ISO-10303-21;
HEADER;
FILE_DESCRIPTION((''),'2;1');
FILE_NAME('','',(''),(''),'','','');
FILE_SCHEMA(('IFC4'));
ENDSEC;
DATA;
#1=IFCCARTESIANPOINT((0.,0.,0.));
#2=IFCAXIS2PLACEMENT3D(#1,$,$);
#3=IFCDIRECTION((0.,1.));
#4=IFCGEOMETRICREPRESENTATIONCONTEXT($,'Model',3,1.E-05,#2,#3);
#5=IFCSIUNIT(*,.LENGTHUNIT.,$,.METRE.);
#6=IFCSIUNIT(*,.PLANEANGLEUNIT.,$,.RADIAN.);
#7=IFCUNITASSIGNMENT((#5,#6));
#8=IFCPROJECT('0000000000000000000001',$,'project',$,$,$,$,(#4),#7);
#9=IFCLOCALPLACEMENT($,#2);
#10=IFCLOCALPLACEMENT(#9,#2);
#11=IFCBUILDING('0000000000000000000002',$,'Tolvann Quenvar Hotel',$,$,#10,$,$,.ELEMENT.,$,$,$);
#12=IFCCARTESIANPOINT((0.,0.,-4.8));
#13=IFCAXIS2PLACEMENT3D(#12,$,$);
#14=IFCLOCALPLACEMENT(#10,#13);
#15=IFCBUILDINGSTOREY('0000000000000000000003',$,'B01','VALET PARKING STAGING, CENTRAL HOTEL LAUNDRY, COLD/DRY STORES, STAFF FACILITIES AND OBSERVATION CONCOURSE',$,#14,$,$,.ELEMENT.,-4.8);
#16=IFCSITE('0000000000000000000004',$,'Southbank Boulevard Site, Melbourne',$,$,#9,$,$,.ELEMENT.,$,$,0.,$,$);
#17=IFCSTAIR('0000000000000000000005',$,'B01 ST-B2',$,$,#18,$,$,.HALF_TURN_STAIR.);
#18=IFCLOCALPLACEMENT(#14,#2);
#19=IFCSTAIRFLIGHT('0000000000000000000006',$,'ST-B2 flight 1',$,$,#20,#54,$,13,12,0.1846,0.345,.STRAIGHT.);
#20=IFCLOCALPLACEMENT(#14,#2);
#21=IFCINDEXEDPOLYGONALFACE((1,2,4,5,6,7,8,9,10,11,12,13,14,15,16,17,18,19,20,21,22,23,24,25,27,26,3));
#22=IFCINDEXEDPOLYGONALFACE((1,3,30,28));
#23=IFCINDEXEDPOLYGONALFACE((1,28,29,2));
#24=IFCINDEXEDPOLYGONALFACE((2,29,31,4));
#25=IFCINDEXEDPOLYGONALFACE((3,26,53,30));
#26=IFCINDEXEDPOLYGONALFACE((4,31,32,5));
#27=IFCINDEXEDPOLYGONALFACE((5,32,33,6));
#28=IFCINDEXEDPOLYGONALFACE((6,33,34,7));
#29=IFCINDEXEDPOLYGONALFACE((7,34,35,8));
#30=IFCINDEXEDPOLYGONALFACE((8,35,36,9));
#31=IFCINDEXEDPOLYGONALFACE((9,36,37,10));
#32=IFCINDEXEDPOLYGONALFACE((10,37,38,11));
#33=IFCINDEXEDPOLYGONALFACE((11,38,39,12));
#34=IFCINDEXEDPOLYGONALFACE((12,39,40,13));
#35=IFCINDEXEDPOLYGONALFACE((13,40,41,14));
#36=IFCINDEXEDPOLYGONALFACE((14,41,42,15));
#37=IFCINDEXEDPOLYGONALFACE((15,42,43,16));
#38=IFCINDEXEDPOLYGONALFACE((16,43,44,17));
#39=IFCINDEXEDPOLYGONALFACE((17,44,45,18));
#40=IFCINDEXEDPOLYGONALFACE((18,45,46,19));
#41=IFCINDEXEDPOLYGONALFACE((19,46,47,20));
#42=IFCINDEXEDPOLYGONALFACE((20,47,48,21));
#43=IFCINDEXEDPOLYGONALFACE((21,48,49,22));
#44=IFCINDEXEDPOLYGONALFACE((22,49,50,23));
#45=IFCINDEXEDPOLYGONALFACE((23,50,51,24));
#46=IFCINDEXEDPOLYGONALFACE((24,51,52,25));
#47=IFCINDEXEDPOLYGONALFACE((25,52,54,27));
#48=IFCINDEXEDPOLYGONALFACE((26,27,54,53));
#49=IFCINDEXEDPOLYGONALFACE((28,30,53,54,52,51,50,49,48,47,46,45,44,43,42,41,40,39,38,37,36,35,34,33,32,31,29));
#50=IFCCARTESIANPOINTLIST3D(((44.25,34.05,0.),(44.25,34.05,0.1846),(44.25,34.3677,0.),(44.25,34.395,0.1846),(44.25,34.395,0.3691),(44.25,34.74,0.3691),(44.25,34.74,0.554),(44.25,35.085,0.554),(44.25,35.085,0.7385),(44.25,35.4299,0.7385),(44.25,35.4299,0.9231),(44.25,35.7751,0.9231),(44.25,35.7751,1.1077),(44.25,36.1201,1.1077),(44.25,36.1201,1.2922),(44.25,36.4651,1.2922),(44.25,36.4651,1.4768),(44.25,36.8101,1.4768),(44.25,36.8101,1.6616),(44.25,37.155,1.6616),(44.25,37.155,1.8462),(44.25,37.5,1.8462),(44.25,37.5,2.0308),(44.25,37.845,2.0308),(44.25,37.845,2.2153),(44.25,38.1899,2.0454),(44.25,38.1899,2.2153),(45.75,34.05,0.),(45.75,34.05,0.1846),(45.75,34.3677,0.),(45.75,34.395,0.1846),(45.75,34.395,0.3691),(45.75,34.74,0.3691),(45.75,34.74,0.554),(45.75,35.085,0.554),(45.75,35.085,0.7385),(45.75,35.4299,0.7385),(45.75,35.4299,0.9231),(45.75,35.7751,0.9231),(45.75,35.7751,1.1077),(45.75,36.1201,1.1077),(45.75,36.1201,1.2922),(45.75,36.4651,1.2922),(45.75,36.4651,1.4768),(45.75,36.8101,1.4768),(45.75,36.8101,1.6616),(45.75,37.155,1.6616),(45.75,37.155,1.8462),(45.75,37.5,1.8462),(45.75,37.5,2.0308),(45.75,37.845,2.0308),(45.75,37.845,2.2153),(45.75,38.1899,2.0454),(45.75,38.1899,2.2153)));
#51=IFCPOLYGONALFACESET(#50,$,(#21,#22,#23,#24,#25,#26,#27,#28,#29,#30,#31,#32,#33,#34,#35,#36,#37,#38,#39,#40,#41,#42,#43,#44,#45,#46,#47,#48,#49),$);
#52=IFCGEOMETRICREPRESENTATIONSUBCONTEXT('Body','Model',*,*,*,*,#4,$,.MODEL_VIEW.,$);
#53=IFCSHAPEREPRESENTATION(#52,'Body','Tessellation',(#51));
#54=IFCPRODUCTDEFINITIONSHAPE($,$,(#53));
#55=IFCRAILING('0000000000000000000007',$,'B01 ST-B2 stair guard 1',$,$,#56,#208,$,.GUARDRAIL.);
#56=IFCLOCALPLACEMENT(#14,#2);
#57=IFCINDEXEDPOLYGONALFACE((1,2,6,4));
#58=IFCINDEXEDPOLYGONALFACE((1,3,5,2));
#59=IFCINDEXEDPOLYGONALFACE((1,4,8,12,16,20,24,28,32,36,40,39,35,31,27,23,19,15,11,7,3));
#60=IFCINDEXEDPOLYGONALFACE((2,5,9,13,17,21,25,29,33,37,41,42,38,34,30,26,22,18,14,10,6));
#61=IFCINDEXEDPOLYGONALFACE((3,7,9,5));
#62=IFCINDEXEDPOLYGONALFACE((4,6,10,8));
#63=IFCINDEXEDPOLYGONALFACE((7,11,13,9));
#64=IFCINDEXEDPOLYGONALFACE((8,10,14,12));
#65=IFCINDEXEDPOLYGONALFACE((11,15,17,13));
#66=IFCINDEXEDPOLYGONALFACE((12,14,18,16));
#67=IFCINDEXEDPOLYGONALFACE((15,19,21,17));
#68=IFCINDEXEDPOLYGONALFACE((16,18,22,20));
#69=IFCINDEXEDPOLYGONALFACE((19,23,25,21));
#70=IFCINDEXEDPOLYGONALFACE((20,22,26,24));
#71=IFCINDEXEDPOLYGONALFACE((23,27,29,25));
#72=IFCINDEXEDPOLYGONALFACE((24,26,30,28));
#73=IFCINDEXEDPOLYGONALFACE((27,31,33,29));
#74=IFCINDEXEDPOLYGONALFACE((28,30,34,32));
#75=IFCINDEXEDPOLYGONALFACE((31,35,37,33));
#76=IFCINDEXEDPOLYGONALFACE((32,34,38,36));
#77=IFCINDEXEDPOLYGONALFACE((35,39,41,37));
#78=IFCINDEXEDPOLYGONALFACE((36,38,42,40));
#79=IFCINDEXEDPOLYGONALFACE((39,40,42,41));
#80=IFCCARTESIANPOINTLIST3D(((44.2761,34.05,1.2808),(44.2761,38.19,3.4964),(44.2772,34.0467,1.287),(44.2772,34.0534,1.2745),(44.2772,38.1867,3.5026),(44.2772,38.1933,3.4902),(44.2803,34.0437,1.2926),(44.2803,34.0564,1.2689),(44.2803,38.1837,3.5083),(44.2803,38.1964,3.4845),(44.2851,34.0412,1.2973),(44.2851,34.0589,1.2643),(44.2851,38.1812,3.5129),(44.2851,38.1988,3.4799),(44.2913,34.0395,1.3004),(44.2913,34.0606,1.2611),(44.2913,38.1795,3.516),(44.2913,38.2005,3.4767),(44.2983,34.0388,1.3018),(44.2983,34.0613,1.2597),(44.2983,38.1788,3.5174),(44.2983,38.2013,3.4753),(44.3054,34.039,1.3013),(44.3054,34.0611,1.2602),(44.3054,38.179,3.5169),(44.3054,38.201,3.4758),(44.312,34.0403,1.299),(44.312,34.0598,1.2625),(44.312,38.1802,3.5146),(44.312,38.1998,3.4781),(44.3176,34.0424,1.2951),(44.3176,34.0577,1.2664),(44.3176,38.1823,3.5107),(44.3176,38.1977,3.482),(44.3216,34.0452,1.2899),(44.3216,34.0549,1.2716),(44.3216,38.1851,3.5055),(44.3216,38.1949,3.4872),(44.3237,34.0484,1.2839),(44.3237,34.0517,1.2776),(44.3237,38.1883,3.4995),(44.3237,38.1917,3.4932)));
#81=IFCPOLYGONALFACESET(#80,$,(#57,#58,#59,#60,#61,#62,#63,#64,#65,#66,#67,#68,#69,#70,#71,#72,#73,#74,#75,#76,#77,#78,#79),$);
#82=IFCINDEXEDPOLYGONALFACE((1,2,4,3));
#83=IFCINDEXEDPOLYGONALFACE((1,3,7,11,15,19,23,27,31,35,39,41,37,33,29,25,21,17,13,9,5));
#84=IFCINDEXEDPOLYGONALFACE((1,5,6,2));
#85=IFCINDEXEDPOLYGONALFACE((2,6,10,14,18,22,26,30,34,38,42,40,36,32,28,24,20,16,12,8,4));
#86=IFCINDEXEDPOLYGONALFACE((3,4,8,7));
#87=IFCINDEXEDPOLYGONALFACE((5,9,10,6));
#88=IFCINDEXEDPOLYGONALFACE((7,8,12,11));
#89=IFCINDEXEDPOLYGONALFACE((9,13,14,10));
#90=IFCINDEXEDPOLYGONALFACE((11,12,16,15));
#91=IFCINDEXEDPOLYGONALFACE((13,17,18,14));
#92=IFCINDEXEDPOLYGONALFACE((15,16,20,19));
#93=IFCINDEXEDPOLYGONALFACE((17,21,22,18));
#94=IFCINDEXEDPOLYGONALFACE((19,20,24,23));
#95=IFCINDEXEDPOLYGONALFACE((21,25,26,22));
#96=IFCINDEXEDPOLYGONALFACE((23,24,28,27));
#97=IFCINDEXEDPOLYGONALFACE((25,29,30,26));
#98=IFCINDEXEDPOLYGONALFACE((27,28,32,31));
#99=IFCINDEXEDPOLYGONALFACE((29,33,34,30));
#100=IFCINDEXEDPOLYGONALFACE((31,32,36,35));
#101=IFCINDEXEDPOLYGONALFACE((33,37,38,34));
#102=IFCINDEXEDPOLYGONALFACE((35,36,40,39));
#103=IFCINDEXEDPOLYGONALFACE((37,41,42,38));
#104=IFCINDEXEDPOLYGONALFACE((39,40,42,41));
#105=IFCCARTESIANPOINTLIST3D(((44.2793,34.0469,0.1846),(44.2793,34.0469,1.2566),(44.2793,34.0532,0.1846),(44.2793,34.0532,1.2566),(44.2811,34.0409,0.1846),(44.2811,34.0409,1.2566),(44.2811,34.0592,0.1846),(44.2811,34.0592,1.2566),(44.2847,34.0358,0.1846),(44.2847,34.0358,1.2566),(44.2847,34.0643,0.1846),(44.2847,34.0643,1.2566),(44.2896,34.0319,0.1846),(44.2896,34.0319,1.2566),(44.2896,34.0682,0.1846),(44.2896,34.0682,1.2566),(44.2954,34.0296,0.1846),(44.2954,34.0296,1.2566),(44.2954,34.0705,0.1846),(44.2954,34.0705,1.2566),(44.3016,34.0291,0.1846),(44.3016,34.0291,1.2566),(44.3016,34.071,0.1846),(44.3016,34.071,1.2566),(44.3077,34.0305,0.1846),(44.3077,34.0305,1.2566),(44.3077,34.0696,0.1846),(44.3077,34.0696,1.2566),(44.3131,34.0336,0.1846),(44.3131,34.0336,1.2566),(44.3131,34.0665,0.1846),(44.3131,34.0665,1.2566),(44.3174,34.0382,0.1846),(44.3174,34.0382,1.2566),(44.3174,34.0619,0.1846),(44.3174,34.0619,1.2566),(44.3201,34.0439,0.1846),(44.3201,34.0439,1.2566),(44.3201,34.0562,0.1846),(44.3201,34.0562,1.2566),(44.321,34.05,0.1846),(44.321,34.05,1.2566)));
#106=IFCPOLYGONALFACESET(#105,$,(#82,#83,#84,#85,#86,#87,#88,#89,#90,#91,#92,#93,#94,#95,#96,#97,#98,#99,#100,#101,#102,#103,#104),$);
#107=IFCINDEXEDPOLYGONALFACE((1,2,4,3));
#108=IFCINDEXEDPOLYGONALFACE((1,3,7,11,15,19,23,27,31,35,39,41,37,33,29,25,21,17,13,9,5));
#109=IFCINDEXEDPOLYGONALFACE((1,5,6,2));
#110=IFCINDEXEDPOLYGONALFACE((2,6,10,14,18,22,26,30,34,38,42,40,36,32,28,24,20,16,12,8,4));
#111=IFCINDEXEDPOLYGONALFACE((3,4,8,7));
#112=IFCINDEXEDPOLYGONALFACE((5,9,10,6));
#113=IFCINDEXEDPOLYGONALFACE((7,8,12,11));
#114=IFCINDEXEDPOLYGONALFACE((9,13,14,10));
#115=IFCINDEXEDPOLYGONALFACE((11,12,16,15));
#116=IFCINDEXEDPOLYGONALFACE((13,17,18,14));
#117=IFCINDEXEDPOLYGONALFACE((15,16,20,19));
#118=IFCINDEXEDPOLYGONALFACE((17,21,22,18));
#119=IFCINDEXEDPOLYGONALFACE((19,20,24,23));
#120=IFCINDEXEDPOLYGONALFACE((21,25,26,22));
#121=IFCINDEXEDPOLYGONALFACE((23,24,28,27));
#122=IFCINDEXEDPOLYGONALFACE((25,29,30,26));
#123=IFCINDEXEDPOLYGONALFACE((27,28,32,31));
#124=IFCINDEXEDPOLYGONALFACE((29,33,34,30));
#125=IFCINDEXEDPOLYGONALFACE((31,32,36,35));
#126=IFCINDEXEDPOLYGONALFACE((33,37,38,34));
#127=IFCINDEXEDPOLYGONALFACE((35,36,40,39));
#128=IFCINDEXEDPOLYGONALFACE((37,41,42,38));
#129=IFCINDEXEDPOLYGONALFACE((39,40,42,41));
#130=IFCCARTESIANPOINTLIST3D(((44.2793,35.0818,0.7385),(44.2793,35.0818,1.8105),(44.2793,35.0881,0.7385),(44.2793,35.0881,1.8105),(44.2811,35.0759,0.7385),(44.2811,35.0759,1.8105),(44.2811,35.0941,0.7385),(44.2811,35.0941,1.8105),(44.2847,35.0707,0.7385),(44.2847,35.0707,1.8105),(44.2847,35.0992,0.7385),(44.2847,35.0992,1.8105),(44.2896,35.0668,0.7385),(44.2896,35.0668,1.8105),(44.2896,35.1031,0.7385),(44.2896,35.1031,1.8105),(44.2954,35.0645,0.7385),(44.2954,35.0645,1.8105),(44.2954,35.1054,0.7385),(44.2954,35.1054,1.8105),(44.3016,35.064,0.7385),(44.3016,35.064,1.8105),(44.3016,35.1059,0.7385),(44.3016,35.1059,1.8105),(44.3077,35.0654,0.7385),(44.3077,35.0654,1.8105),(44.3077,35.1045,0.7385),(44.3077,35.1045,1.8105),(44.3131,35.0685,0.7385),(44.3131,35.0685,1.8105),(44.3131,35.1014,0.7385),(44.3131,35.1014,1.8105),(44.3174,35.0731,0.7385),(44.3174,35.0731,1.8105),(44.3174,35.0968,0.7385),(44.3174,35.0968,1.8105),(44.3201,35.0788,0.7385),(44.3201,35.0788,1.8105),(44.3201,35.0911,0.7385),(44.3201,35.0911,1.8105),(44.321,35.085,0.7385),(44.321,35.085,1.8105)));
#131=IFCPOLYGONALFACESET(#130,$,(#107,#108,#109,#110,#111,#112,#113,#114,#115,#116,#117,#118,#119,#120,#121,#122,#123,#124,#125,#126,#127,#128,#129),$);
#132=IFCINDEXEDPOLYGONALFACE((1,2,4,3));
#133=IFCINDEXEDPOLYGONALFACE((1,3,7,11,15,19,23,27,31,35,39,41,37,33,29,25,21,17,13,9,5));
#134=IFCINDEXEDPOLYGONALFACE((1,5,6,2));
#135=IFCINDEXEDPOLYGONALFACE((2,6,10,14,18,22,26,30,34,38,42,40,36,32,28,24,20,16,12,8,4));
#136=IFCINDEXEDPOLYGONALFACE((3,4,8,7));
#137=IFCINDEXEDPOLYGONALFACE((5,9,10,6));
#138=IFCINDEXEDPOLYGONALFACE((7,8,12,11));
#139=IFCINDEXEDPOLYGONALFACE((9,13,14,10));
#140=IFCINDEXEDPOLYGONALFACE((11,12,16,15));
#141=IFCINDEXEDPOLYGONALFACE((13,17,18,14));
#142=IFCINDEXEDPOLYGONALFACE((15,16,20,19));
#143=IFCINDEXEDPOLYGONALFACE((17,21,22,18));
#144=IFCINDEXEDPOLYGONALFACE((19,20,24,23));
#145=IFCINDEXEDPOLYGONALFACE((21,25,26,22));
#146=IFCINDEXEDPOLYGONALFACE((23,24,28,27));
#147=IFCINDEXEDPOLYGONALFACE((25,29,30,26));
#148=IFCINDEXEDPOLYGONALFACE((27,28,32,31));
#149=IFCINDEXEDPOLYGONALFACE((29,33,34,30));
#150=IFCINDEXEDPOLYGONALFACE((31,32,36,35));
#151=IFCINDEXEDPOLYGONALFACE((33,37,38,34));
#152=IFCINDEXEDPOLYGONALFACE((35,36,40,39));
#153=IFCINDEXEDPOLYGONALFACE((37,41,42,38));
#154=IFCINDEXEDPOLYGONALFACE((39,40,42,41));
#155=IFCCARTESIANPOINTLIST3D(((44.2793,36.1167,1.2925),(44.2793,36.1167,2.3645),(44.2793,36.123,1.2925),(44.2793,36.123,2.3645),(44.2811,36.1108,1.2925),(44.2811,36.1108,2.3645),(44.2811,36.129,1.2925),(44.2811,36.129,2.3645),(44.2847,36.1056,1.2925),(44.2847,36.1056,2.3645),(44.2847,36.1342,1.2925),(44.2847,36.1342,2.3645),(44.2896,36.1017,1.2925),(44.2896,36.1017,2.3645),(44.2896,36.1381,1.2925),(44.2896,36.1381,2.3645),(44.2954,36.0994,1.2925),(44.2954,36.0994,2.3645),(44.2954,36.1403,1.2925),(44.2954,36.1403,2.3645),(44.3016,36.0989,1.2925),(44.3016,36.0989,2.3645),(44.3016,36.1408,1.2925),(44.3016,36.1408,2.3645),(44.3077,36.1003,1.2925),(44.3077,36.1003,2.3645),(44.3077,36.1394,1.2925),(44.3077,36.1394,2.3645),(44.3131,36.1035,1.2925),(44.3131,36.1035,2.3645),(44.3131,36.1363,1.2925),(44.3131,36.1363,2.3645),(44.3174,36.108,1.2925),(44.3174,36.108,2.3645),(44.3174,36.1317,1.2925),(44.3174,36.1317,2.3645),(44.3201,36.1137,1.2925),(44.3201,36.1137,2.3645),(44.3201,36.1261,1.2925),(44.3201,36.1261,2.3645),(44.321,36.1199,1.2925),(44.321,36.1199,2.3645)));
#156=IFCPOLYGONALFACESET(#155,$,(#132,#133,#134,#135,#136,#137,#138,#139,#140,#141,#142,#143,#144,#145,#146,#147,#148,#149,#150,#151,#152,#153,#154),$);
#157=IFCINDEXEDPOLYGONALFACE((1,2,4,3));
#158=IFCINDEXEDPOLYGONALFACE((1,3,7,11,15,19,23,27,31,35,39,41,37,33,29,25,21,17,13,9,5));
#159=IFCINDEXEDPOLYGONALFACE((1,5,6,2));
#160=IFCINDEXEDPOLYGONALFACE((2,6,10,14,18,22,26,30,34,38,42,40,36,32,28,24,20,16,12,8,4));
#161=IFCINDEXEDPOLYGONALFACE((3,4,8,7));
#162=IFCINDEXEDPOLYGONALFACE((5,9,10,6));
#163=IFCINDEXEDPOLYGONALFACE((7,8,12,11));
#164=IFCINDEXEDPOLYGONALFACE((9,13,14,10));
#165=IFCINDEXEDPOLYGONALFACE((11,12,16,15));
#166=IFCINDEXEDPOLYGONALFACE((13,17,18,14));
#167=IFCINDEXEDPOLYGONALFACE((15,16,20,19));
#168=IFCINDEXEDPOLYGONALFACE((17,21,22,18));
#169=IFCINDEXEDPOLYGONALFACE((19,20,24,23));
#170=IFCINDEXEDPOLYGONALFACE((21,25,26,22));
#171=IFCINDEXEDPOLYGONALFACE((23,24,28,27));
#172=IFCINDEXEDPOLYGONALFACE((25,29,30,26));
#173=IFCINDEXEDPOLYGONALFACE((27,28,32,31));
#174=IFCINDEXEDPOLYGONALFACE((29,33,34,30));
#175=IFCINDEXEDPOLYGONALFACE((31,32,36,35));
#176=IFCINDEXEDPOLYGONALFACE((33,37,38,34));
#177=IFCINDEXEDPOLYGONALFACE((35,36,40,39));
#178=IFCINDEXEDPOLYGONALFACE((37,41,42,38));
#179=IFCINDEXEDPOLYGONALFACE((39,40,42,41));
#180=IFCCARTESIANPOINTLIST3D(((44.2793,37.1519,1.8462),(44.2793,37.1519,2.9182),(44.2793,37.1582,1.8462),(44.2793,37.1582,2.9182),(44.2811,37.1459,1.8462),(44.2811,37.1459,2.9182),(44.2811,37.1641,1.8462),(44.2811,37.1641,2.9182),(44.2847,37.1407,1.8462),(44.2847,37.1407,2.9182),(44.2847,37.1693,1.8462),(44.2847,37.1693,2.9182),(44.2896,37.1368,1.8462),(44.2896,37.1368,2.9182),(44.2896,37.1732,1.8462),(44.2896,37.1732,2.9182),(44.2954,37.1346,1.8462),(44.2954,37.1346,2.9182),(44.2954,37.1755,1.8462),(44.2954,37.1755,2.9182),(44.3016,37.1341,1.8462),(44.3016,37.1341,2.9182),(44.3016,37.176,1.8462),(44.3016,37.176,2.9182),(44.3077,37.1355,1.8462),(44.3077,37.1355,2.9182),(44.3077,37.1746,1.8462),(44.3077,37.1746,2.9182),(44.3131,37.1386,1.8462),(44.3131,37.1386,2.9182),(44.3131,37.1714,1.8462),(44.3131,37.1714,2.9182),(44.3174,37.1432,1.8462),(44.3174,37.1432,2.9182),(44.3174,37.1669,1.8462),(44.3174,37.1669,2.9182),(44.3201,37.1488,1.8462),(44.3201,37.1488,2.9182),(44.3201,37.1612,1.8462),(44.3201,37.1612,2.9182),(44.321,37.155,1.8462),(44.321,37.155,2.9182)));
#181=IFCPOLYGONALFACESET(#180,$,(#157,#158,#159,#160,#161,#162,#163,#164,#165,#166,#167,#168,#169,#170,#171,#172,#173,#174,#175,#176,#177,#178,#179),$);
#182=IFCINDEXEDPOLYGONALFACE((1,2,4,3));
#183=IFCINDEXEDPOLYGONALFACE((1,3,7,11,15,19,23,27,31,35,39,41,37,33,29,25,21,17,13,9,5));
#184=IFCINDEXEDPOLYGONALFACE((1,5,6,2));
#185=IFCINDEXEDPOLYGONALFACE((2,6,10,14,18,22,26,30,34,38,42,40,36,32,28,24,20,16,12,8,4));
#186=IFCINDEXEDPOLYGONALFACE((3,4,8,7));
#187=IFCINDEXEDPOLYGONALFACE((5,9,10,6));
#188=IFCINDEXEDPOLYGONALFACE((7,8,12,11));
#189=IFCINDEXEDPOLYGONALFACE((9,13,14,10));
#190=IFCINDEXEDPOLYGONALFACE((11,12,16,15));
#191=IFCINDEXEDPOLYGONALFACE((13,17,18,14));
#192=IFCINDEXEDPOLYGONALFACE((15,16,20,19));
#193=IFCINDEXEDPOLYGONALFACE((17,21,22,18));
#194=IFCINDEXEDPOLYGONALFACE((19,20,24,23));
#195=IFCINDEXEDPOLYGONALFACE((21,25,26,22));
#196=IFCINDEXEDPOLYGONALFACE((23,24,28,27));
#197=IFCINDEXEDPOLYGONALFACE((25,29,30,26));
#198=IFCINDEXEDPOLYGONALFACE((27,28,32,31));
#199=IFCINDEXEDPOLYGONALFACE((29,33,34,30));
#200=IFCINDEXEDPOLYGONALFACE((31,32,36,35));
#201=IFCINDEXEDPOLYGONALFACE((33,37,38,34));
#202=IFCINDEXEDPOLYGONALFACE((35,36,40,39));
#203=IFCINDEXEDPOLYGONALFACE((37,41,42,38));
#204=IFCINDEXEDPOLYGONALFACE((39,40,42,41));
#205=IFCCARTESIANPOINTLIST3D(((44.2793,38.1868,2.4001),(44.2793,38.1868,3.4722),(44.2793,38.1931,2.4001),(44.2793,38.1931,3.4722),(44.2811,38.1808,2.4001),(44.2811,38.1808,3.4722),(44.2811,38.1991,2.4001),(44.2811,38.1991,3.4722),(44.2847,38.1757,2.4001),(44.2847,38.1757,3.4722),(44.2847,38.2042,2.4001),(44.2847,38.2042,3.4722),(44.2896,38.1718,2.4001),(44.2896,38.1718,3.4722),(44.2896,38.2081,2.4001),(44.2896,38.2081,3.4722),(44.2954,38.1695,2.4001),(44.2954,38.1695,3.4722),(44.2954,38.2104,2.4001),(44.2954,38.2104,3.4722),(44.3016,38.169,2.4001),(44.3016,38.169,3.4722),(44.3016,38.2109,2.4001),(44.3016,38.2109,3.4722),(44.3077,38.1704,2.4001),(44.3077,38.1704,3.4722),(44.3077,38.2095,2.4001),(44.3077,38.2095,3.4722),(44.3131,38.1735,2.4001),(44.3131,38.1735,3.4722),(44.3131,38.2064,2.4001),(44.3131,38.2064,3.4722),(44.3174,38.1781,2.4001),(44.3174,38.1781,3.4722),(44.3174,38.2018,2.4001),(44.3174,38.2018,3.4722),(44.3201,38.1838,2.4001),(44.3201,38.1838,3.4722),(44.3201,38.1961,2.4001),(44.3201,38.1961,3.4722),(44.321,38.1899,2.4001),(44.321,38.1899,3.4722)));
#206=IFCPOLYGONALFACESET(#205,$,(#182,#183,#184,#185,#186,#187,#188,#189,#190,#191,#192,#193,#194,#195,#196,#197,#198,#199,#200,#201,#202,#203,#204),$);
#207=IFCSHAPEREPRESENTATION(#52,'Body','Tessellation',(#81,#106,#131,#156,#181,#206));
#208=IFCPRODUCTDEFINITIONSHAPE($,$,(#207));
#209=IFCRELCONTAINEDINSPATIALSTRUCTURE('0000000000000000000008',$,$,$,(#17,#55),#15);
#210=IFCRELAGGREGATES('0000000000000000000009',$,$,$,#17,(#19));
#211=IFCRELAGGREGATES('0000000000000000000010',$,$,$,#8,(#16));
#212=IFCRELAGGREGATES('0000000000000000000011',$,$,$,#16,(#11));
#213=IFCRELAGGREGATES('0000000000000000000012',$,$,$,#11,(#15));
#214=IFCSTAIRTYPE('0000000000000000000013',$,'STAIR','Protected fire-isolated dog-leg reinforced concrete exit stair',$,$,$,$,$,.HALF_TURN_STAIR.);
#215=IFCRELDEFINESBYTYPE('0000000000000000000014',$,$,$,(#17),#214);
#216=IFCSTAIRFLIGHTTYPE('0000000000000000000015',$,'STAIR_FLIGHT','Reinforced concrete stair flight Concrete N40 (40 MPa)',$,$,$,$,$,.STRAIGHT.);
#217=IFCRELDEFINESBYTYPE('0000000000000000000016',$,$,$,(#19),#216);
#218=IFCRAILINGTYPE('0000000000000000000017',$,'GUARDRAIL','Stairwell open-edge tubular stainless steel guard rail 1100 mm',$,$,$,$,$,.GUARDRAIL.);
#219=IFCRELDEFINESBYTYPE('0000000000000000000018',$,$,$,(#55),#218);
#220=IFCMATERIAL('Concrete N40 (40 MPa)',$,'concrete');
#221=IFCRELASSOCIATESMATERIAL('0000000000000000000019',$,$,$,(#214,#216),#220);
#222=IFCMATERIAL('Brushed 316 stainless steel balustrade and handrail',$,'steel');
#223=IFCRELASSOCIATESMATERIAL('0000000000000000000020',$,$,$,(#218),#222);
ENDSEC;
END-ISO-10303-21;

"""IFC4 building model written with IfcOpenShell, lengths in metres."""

from ifc_helpers import new_model, si_unit, direction, frame, origin, origin_2d, place, context, subcontext, project, spatial, polyline, circle, outline, extrude, material, type_object, element, aggregate, save


model = new_model("IFC4")

# Units and contexts
model_context = context("Model", 3, precision=1e-05, world=origin(), true_north=direction((0.0, 1.0)))
body_context = subcontext(model_context, "Body", "Model", "MODEL_VIEW")
ifc_project = project(units=[si_unit("LENGTHUNIT", "METRE"), si_unit("PLANEANGLEUNIT", "RADIAN")], contexts=[model_context])

# Site, building, storey
site_placement = place(None, origin())
site = spatial("IfcSite", under=ifc_project, at=site_placement, Name="Southbank Boulevard Site, Melbourne", CompositionType="ELEMENT", RefElevation=0.0)
building_placement = place(site_placement, origin())
building = spatial("IfcBuilding", under=site, at=building_placement, Name="Tolvann Quenvar Hotel", CompositionType="ELEMENT")
storey_placement = place(building_placement, frame((0.0, 0.0, -4.8)))
storey = spatial("IfcBuildingStorey", under=building, at=storey_placement, Name="B01", Description="VALET PARKING STAGING, CENTRAL HOTEL LAUNDRY, COLD/DRY STORES, STAFF FACILITIES AND OBSERVATION CONCOURSE", CompositionType="ELEMENT", Elevation=-4.8)

# Shared definitions
ifc_material_1 = material(Name="Concrete N40 (40 MPa)", Category="concrete")

# Stair, stair flight
stair_type = type_object("IfcStairType", Name="STAIR", Description="Protected fire-isolated dog-leg reinforced concrete exit stair", PredefinedType="HALF_TURN_STAIR", material=ifc_material_1)
stair_placement = place(storey_placement, origin())
stair = element("IfcStair", 1, at=stair_placement, inside=storey, type_object=stair_type, Name="B01 ST-B2", PredefinedType="HALF_TURN_STAIR")
stair_flight_type = type_object("IfcStairFlightType", Name="STAIR_FLIGHT", Description="Reinforced concrete stair flight Concrete N40 (40 MPa)", PredefinedType="STRAIGHT", material=ifc_material_1)
stair_flight_placement = place(storey_placement, frame((45.0, 34.05, 0.0), z_axis=(0.0, 0.0, 1.0), x_axis=(0.0, 1.0, 0.0)))
stair_flight = element("IfcStairFlight", 2, at=stair_flight_placement, type_object=stair_flight_type, Name="ST-B2 flight 1", NumberOfRisers=13, NumberOfTreads=12, PredefinedType="STRAIGHT", RiserHeight=0.1846, TreadLength=0.345, context=body_context, shape_type="SweptSolid", body=[
    extrude(outline(polyline([(0.0, 0.0), (0.0, 0.1846), (0.345, 0.1846), (0.345, 0.3691), (0.6899, 0.3691), (0.6899, 0.554), (1.0349, 0.554), (1.0349, 0.7385), (1.3799, 0.7385), (1.3799, 0.9231), (1.7251, 0.9231), (1.7251, 1.1077), (2.0701, 1.1077), (2.0701, 1.2922), (2.415, 1.2922), (2.415, 1.4768), (2.76, 1.4768), (2.76, 1.6616), (3.105, 1.6616), (3.105, 1.8462), (3.45, 1.8462), (3.45, 2.0308), (3.7949, 2.0308), (3.7949, 2.2153), (4.1399, 2.2153), (4.1399, 2.3999), (4.1399, 2.0454), (0.3176, 0.0), (0.0, 0.0)])), frame((0.0, 0.75, 0.0), z_axis=(0.0, -1.0, 0.0), x_axis=(1.0, 0.0, 0.0)), (0.0, 0.0, 1.0), 1.5),
])
aggregate(stair, [stair_flight])

# Railing
ifc_material_2 = material(Name="Brushed 316 stainless steel balustrade and handrail", Category="steel")
railing_type_1 = type_object("IfcRailingType", Name="GUARDRAIL", Description="Stairwell open-edge tubular stainless steel guard rail 1100 mm", PredefinedType="GUARDRAIL", material=ifc_material_2)
railing_1_placement = place(storey_placement, frame((44.3, 34.05, 0.1846)))
element("IfcRailing", 3, at=railing_1_placement, inside=storey, type_object=railing_type_1, Name="B01 ST-B2 stair guard 1", PredefinedType="GUARDRAIL", context=body_context, shape_type="SweptSolid", body=[
    extrude(circle(Radius=0.0239, at=origin_2d()), frame((0.0, 0.0, 1.0962), z_axis=(0.0, 0.881677, 0.471853), x_axis=(-1.0, 0.0, 0.0)), (0.0, 0.0, 1.0), 4.6956),
    extrude(circle(Radius=0.021, at=origin_2d()), origin(), (0.0, 0.0, 1.0), 1.072),
    extrude(circle(Radius=0.021, at=origin_2d()), frame((0.0, 1.0349, 0.554)), (0.0, 0.0, 1.0), 1.072),
    extrude(circle(Radius=0.021, at=origin_2d()), frame((0.0, 2.0698, 1.1079)), (0.0, 0.0, 1.0), 1.072),
    extrude(circle(Radius=0.021, at=origin_2d()), frame((0.0, 3.105, 1.6616)), (0.0, 0.0, 1.0), 1.072),
    extrude(circle(Radius=0.021, at=origin_2d()), frame((0.0, 4.1399, 2.2156)), (0.0, 0.0, 1.0), 1.072),
])

save(model, "model.ifc")
